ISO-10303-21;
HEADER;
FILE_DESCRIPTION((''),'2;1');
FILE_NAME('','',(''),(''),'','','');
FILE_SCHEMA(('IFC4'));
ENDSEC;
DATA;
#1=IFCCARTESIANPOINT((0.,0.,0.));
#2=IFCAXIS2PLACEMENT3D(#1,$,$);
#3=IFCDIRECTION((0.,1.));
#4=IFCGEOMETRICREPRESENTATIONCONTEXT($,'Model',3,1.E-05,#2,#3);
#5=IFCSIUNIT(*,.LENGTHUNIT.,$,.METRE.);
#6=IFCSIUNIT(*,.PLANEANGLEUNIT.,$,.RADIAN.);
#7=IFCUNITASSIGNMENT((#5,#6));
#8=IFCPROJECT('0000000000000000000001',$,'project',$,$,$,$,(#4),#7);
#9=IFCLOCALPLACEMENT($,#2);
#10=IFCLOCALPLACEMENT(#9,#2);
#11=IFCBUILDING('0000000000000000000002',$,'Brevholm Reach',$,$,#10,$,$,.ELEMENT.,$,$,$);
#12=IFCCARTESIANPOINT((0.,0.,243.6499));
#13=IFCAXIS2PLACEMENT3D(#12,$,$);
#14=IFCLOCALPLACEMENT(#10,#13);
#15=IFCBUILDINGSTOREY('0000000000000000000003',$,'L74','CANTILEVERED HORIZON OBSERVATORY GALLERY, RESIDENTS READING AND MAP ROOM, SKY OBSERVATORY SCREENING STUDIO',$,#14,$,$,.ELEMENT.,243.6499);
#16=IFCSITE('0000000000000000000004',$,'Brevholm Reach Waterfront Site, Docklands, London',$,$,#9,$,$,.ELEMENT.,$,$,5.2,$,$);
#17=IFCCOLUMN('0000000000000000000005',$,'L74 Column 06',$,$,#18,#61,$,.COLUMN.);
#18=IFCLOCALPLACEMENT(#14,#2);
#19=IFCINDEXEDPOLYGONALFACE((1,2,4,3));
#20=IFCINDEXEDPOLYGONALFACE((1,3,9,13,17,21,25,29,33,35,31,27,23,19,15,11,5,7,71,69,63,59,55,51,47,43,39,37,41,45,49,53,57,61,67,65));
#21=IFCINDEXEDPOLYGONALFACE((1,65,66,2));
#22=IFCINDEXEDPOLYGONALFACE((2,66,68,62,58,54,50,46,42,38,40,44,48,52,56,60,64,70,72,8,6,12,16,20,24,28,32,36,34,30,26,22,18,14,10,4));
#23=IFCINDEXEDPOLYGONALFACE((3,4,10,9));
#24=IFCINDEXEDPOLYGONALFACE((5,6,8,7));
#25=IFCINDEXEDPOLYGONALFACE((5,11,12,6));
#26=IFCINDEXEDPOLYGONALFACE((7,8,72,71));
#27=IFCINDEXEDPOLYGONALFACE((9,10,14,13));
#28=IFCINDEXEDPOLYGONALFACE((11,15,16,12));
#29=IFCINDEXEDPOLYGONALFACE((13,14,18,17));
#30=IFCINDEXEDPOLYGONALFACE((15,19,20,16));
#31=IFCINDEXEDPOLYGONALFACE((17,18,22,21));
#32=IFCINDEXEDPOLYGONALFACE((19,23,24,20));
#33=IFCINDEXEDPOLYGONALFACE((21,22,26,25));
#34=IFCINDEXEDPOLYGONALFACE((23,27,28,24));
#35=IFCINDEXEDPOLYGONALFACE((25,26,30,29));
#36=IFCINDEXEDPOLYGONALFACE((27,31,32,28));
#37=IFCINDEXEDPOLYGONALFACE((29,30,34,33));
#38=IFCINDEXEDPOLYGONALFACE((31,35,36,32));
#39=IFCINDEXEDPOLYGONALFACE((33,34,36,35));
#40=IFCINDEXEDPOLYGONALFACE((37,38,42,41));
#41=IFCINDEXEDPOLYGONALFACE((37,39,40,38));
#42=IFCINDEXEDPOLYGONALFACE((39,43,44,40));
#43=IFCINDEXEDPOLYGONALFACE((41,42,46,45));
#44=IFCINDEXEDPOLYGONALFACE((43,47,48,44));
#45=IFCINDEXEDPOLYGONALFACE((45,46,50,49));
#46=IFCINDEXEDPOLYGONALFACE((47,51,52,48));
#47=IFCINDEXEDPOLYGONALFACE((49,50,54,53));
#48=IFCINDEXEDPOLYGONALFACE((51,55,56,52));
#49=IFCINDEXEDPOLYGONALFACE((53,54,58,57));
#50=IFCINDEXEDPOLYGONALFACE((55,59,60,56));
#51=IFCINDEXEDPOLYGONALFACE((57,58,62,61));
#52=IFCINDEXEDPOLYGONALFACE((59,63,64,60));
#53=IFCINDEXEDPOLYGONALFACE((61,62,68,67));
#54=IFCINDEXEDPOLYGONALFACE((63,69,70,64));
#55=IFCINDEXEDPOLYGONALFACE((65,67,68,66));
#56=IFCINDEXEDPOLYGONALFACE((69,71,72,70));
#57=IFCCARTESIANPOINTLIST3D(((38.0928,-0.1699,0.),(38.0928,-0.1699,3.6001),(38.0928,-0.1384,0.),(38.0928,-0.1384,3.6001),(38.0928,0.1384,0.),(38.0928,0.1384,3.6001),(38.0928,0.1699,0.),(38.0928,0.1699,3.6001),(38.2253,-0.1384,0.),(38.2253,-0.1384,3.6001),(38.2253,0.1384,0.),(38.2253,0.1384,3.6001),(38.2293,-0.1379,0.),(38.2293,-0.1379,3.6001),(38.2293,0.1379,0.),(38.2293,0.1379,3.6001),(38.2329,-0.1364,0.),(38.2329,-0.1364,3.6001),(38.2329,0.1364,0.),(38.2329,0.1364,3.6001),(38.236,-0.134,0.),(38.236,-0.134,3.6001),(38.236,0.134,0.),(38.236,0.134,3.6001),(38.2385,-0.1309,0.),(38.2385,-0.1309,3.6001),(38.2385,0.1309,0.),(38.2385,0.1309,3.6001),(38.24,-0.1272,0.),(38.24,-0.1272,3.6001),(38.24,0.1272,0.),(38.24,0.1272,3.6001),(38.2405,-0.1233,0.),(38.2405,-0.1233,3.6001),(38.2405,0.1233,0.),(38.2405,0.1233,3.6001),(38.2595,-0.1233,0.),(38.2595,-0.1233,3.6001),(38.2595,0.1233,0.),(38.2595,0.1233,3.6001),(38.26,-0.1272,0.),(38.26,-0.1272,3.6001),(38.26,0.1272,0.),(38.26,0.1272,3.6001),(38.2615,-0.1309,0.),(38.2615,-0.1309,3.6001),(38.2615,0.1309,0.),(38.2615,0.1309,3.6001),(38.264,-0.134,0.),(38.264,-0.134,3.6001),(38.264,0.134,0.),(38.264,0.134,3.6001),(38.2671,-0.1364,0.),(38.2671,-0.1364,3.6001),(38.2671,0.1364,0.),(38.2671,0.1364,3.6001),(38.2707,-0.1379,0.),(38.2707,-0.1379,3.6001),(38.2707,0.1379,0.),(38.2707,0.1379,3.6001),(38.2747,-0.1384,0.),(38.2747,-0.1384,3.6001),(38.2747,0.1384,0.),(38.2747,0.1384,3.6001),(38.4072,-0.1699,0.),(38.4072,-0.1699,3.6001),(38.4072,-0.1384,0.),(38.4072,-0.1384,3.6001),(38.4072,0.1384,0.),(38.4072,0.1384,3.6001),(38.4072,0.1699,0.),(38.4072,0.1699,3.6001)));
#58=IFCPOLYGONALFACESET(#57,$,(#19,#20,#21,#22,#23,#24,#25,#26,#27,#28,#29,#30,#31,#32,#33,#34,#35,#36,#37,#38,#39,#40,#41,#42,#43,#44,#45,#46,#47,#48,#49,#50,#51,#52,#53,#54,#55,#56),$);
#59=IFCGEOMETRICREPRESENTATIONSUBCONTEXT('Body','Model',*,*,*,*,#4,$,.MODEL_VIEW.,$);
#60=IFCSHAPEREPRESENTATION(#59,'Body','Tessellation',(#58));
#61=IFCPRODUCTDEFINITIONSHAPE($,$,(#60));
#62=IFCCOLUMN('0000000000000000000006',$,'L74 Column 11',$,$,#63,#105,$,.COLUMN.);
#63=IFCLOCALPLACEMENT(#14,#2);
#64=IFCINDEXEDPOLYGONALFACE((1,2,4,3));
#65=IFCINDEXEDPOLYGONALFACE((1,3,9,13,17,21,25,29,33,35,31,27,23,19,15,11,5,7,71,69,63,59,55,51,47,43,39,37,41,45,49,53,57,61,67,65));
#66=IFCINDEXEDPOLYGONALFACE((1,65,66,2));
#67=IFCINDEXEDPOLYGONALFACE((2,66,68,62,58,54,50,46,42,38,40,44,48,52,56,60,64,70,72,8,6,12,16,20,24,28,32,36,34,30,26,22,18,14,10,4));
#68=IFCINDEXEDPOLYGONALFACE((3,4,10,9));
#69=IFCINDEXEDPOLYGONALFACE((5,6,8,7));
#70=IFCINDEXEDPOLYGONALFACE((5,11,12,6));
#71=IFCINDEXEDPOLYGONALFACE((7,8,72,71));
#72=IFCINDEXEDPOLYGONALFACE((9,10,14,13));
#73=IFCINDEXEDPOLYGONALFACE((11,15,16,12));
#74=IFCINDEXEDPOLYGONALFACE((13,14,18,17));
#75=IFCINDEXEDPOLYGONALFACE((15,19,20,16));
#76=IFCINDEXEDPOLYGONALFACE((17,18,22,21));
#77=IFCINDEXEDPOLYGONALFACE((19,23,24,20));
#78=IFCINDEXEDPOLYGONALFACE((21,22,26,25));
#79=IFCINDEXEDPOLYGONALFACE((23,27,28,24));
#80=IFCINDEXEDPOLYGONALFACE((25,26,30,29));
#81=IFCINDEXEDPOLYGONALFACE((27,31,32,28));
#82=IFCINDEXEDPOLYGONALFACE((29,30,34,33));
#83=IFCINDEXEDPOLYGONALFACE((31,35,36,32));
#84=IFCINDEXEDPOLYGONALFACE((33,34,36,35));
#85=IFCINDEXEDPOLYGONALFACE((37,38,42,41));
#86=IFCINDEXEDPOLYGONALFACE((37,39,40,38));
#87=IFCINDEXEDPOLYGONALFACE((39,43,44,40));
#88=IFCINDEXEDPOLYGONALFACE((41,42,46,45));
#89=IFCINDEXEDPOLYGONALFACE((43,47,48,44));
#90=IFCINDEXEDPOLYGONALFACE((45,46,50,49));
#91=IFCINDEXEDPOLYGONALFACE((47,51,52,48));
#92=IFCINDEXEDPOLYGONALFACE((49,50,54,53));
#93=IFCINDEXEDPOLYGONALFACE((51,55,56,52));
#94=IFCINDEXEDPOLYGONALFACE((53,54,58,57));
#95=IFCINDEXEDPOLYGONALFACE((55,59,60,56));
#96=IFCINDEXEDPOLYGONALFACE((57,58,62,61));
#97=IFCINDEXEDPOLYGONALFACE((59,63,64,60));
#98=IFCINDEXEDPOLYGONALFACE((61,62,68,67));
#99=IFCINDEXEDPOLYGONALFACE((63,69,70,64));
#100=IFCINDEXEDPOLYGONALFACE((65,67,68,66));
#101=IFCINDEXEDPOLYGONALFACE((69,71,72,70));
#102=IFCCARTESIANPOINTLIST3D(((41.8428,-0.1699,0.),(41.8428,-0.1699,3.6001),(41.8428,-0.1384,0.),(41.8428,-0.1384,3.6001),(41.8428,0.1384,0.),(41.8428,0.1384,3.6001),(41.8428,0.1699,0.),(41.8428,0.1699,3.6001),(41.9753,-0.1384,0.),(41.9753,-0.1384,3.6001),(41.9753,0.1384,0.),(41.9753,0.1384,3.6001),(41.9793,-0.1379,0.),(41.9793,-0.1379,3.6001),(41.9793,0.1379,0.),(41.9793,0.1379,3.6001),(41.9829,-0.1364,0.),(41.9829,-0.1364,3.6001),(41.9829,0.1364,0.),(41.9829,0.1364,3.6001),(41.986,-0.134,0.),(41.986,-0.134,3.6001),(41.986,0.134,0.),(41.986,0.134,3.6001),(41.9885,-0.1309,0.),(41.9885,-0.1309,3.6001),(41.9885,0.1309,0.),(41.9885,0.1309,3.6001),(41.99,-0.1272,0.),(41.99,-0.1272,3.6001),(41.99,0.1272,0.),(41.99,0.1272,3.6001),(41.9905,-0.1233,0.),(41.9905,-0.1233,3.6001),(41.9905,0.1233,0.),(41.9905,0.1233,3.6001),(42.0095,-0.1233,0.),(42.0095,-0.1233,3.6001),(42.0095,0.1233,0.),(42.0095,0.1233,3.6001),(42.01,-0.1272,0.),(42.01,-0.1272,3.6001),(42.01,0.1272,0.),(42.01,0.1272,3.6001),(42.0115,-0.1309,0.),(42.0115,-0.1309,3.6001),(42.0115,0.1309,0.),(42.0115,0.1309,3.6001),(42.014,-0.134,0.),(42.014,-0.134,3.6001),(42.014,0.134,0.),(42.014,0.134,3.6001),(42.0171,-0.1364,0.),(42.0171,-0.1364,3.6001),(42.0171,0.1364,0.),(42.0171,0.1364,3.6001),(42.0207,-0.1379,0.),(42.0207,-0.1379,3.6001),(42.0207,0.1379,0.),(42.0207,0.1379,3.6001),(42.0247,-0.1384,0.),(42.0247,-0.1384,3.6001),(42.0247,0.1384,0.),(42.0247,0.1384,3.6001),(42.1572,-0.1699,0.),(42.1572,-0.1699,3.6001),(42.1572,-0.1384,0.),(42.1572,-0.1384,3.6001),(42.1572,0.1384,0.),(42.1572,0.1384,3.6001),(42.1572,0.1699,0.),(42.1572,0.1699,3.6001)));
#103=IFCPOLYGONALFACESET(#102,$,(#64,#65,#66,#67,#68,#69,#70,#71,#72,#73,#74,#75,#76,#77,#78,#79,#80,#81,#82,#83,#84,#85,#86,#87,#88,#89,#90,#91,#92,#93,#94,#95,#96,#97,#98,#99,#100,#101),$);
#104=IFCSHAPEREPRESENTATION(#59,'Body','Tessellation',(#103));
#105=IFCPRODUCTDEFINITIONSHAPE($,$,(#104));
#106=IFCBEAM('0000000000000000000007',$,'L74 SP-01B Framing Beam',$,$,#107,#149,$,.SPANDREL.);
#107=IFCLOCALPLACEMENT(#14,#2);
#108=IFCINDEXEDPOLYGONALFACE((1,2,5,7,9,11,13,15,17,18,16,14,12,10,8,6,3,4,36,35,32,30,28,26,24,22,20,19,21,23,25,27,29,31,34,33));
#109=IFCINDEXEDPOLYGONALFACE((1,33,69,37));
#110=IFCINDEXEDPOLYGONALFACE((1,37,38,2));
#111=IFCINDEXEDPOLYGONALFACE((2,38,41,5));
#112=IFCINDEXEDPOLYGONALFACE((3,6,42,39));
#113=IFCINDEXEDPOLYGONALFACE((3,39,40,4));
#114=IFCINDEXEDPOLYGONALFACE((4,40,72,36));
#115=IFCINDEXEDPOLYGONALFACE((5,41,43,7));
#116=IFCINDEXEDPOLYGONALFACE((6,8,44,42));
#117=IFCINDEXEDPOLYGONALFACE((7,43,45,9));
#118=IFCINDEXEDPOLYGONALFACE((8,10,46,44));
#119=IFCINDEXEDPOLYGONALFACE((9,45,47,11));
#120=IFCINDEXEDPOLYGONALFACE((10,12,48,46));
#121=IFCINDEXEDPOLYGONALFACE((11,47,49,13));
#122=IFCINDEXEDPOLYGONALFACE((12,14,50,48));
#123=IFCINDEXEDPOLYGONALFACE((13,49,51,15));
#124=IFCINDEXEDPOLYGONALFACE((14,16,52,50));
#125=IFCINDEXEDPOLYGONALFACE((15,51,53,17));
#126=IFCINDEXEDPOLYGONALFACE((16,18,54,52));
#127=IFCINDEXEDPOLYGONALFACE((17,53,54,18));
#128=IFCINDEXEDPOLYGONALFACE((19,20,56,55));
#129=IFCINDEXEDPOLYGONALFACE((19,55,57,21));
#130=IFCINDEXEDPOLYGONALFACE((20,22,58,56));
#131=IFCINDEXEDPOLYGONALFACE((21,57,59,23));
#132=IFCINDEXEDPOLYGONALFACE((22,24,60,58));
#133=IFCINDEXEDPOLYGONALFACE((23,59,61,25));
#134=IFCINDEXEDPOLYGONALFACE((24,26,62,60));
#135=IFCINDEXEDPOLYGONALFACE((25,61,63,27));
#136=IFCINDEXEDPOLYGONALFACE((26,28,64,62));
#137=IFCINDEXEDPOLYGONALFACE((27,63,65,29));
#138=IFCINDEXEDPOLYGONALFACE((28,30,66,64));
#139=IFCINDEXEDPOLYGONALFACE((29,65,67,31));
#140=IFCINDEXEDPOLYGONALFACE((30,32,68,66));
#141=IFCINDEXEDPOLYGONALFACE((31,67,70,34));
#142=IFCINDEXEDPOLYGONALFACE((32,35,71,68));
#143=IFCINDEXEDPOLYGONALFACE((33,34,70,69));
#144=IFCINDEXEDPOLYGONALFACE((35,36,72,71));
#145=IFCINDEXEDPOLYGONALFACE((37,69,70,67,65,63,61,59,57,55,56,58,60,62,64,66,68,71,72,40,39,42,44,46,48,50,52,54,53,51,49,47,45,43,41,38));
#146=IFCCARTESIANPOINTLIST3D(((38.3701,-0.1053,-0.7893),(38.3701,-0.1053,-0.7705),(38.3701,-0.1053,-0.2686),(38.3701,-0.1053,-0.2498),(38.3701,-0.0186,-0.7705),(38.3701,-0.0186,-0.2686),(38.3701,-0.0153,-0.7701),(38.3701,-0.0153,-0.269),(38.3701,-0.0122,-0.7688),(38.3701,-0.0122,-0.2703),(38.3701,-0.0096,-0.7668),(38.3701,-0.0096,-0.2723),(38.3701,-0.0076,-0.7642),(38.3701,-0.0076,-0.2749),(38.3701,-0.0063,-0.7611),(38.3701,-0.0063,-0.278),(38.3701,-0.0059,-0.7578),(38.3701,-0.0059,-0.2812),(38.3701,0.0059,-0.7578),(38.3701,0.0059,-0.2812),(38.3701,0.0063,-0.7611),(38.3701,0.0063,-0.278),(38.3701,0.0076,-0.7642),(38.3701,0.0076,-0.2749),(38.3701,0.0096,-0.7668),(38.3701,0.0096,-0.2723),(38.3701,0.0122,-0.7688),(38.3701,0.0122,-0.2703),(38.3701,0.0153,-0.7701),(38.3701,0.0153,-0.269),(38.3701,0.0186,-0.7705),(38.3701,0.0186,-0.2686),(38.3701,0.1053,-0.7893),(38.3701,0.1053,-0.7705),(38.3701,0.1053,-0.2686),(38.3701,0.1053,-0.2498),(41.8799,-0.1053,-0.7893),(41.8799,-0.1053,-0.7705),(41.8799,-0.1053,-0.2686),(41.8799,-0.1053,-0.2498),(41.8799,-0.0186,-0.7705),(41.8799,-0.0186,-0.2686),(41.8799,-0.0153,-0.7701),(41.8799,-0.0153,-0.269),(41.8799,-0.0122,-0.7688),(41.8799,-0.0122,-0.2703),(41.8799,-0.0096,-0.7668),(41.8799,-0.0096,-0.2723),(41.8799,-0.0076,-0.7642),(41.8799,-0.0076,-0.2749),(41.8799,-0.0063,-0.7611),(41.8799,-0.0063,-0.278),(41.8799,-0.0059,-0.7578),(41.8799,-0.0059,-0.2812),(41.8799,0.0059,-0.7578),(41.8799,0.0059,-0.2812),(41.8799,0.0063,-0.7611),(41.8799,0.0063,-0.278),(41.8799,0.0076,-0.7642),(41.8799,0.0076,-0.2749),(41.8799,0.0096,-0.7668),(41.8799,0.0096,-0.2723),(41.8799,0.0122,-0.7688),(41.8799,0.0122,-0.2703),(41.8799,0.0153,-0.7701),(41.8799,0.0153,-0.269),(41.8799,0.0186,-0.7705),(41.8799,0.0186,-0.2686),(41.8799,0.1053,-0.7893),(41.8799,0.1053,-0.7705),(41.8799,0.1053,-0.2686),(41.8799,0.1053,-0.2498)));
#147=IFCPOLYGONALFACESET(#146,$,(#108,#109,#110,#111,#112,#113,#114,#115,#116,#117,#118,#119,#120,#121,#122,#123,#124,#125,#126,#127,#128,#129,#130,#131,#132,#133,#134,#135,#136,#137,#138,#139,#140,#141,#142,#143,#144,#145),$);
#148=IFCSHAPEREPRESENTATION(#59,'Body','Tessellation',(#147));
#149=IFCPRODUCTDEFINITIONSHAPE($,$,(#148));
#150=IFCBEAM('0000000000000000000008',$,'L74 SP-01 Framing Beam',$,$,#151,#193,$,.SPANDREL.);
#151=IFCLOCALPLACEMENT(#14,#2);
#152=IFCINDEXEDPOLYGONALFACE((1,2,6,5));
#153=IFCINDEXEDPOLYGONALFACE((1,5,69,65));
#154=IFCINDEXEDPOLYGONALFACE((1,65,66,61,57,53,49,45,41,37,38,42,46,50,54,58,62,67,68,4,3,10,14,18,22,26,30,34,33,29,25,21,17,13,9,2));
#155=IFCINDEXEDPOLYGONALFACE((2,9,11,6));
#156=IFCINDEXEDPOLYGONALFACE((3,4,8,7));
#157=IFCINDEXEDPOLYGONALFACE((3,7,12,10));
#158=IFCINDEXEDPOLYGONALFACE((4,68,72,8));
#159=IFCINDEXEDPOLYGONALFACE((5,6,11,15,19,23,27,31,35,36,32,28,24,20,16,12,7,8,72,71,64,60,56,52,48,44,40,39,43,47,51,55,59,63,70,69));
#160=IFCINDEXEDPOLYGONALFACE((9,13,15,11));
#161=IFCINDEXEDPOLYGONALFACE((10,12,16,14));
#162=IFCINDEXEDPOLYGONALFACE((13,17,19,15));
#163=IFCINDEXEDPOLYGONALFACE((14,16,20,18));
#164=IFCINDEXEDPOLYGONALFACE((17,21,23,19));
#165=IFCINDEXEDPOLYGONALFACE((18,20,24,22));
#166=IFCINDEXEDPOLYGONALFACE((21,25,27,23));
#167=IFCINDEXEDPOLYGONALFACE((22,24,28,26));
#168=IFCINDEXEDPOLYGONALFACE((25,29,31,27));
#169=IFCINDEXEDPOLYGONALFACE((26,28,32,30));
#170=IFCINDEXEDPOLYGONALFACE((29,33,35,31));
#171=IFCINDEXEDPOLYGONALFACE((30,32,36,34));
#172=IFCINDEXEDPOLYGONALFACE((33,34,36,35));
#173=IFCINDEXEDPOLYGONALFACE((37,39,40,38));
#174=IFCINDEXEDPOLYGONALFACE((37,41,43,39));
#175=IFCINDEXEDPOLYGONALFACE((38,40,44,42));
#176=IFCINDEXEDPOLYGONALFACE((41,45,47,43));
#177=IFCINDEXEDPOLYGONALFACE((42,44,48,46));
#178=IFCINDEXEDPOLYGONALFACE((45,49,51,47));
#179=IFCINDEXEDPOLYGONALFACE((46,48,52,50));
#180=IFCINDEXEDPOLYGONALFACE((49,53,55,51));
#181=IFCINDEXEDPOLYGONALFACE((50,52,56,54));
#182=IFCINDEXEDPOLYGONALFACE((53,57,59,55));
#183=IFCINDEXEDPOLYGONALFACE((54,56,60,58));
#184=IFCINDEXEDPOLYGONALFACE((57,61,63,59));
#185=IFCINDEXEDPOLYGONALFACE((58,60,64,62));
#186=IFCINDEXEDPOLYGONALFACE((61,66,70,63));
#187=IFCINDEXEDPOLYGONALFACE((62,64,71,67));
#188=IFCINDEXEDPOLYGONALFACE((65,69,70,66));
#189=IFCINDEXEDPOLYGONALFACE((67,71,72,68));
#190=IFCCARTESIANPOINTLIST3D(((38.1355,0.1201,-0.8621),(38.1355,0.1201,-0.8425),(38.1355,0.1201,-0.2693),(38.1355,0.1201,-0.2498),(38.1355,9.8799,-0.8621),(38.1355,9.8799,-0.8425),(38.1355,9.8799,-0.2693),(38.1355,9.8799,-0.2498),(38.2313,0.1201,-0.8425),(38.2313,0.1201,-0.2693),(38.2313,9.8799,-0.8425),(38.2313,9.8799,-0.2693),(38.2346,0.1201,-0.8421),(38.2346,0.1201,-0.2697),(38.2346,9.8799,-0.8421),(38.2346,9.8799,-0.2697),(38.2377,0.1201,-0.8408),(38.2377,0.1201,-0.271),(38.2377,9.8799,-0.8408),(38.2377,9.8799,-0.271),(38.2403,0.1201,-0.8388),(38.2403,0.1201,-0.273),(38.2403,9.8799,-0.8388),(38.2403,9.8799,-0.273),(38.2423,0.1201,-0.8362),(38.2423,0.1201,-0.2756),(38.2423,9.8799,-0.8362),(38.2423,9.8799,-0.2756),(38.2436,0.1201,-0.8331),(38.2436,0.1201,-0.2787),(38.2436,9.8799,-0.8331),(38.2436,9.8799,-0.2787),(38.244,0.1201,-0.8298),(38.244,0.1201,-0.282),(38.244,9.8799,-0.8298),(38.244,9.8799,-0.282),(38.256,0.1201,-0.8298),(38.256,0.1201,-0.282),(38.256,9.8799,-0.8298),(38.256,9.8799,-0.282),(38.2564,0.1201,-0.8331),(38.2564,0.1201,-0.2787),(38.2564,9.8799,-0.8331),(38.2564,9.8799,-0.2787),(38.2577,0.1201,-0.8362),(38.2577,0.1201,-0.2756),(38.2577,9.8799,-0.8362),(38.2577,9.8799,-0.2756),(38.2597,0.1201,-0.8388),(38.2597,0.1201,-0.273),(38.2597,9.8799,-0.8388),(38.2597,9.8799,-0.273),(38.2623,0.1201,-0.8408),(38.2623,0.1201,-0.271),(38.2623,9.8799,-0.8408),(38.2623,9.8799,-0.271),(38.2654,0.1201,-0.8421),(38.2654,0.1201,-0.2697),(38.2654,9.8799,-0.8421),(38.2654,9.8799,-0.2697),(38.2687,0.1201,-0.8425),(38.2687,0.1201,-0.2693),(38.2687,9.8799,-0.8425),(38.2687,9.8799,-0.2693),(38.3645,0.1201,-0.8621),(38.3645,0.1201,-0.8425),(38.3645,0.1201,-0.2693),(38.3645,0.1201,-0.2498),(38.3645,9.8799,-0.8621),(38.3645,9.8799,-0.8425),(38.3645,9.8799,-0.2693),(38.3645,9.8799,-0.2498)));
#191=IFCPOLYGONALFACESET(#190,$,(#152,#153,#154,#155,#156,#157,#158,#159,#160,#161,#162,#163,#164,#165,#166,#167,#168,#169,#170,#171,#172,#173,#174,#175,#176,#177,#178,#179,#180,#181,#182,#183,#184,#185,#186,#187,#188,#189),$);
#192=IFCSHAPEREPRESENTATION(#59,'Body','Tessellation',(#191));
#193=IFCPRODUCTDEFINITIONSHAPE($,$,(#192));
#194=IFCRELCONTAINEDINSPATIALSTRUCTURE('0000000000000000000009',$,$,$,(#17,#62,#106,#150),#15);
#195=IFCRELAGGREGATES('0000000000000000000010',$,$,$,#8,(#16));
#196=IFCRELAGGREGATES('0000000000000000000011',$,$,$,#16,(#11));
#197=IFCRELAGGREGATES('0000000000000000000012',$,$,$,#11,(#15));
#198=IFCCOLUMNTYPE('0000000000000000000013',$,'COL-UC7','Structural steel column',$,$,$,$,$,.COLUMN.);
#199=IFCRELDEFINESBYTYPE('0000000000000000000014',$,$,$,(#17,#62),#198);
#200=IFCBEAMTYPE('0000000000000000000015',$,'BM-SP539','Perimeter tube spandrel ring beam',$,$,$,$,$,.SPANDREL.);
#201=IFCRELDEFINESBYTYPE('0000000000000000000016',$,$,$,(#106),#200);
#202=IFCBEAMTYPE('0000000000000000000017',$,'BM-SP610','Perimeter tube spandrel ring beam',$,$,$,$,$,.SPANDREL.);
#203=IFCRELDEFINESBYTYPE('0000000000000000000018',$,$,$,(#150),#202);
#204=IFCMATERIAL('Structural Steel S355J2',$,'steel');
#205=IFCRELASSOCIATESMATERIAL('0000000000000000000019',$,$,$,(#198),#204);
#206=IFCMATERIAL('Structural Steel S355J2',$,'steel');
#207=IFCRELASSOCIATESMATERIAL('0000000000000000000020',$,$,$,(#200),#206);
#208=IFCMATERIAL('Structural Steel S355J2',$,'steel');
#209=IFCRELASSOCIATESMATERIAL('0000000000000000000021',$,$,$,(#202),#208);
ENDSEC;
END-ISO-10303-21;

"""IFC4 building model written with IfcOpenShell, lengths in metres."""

from ifc_helpers import new_model, si_unit, direction, frame, origin, origin_2d, place, context, subcontext, project, spatial, i_section, extrude, material, material_profile, profile_set, type_object, element, save


model = new_model("IFC4")

# Units and contexts
model_context = context("Model", 3, precision=1e-05, world=origin(), true_north=direction((0.0, 1.0)))
body_context = subcontext(model_context, "Body", "Model", "MODEL_VIEW")
ifc_project = project(units=[si_unit("LENGTHUNIT", "METRE"), si_unit("PLANEANGLEUNIT", "RADIAN")], contexts=[model_context])

# Site, building, storey
site_placement = place(None, origin())
site = spatial("IfcSite", under=ifc_project, at=site_placement, Name="Brevholm Reach Waterfront Site, Docklands, London", CompositionType="ELEMENT", RefElevation=5.2)
building_placement = place(site_placement, origin())
building = spatial("IfcBuilding", under=site, at=building_placement, Name="Brevholm Reach", CompositionType="ELEMENT")
storey_placement = place(building_placement, frame((0.0, 0.0, 243.6499)))
storey = spatial("IfcBuildingStorey", under=building, at=storey_placement, Name="L74", Description="CANTILEVERED HORIZON OBSERVATORY GALLERY, RESIDENTS READING AND MAP ROOM, SKY OBSERVATORY SCREENING STUDIO", CompositionType="ELEMENT", Elevation=243.6499)

# Columns
ifc_material_1 = material(Name="Structural Steel S355J2", Category="steel")
ifc_material_profile_1 = material_profile(ifc_material_1, i_section(OverallWidth=0.3145, OverallDepth=0.3398, WebThickness=0.019, FlangeThickness=0.0315, FilletRadius=0.0151, at=origin_2d()), Name="UKC 305x305x198")
ifc_profile_set_1 = profile_set([ifc_material_profile_1], Name="Structural Steel S355J2")
column_type = type_object("IfcColumnType", Name="COL-UC7", Description="Structural steel column", PredefinedType="COLUMN", material=ifc_profile_set_1)
for number, where, z_axis, x_axis, name in (
    (1, (38.25, 0.0, 0.0), (0.0, 0.0, 1.0), (1.0, 0.0, 0.0), "L74 Column 06"),
    (2, (42.0, 0.0, 0.0), (0.0, 0.0, 1.0), (1.0, 0.0, 0.0), "L74 Column 11"),
):
    element("IfcColumn", number, at=place(storey_placement, frame(where, z_axis=z_axis, x_axis=x_axis)), inside=storey, type_object=column_type, Name=name, PredefinedType="COLUMN", context=body_context, shape_type="SweptSolid", body=[
        extrude(i_section(OverallWidth=0.3145, OverallDepth=0.3398, WebThickness=0.019, FlangeThickness=0.0315, FilletRadius=0.0151, at=origin_2d()), origin(), (0.0, 0.0, 1.0), 3.6001),
    ])

# Beams
ifc_material_2 = material(Name="Structural Steel S355J2", Category="steel")
ifc_material_profile_2 = material_profile(ifc_material_2, i_section(OverallWidth=0.2107, OverallDepth=0.5396, WebThickness=0.0117, FlangeThickness=0.0188, FilletRadius=0.0127, at=origin_2d()), Name="UKB 533x210x109")
ifc_profile_set_2 = profile_set([ifc_material_profile_2], Name="Structural Steel S355J2")
beam_type_1 = type_object("IfcBeamType", Name="BM-SP539", Description="Perimeter tube spandrel ring beam", PredefinedType="SPANDREL", material=ifc_profile_set_2)
beam_placement = place(storey_placement, frame((38.3701, 0.0, -0.5195), z_axis=(1.0, 0.0, 0.0), x_axis=(0.0, 1.0, 0.0)))
element("IfcBeam", 3, at=beam_placement, inside=storey, type_object=beam_type_1, Name="L74 SP-01B Framing Beam", PredefinedType="SPANDREL", context=body_context, shape_type="SweptSolid", body=[
    extrude(i_section(OverallWidth=0.2107, OverallDepth=0.5396, WebThickness=0.0117, FlangeThickness=0.0188, FilletRadius=0.0127, at=origin_2d()), origin(), (0.0, 0.0, 1.0), 3.5098),
])
ifc_material_3 = material(Name="Structural Steel S355J2", Category="steel")
ifc_material_profile_3 = material_profile(ifc_material_3, i_section(OverallWidth=0.229, OverallDepth=0.6123, WebThickness=0.012, FlangeThickness=0.0195, FilletRadius=0.0127, at=origin_2d()), Name="UKB 610x229x125")
ifc_profile_set_3 = profile_set([ifc_material_profile_3], Name="Structural Steel S355J2")
beam_type_2 = type_object("IfcBeamType", Name="BM-SP610", Description="Perimeter tube spandrel ring beam", PredefinedType="SPANDREL", material=ifc_profile_set_3)
for number, where, z_axis, x_axis, name in (
    (4, (38.25, 0.1201, -0.5559), (0.0, 1.0, 0.0), (-1.0, 0.0, 0.0), "L74 SP-01 Framing Beam"),
):
    element("IfcBeam", number, at=place(storey_placement, frame(where, z_axis=z_axis, x_axis=x_axis)), inside=storey, type_object=beam_type_2, Name=name, PredefinedType="SPANDREL", context=body_context, shape_type="SweptSolid", body=[
        extrude(i_section(OverallWidth=0.229, OverallDepth=0.6123, WebThickness=0.012, FlangeThickness=0.0195, FilletRadius=0.0127, at=origin_2d()), origin(), (0.0, 0.0, 1.0), 9.7598),
    ])

save(model, "model.ifc")
